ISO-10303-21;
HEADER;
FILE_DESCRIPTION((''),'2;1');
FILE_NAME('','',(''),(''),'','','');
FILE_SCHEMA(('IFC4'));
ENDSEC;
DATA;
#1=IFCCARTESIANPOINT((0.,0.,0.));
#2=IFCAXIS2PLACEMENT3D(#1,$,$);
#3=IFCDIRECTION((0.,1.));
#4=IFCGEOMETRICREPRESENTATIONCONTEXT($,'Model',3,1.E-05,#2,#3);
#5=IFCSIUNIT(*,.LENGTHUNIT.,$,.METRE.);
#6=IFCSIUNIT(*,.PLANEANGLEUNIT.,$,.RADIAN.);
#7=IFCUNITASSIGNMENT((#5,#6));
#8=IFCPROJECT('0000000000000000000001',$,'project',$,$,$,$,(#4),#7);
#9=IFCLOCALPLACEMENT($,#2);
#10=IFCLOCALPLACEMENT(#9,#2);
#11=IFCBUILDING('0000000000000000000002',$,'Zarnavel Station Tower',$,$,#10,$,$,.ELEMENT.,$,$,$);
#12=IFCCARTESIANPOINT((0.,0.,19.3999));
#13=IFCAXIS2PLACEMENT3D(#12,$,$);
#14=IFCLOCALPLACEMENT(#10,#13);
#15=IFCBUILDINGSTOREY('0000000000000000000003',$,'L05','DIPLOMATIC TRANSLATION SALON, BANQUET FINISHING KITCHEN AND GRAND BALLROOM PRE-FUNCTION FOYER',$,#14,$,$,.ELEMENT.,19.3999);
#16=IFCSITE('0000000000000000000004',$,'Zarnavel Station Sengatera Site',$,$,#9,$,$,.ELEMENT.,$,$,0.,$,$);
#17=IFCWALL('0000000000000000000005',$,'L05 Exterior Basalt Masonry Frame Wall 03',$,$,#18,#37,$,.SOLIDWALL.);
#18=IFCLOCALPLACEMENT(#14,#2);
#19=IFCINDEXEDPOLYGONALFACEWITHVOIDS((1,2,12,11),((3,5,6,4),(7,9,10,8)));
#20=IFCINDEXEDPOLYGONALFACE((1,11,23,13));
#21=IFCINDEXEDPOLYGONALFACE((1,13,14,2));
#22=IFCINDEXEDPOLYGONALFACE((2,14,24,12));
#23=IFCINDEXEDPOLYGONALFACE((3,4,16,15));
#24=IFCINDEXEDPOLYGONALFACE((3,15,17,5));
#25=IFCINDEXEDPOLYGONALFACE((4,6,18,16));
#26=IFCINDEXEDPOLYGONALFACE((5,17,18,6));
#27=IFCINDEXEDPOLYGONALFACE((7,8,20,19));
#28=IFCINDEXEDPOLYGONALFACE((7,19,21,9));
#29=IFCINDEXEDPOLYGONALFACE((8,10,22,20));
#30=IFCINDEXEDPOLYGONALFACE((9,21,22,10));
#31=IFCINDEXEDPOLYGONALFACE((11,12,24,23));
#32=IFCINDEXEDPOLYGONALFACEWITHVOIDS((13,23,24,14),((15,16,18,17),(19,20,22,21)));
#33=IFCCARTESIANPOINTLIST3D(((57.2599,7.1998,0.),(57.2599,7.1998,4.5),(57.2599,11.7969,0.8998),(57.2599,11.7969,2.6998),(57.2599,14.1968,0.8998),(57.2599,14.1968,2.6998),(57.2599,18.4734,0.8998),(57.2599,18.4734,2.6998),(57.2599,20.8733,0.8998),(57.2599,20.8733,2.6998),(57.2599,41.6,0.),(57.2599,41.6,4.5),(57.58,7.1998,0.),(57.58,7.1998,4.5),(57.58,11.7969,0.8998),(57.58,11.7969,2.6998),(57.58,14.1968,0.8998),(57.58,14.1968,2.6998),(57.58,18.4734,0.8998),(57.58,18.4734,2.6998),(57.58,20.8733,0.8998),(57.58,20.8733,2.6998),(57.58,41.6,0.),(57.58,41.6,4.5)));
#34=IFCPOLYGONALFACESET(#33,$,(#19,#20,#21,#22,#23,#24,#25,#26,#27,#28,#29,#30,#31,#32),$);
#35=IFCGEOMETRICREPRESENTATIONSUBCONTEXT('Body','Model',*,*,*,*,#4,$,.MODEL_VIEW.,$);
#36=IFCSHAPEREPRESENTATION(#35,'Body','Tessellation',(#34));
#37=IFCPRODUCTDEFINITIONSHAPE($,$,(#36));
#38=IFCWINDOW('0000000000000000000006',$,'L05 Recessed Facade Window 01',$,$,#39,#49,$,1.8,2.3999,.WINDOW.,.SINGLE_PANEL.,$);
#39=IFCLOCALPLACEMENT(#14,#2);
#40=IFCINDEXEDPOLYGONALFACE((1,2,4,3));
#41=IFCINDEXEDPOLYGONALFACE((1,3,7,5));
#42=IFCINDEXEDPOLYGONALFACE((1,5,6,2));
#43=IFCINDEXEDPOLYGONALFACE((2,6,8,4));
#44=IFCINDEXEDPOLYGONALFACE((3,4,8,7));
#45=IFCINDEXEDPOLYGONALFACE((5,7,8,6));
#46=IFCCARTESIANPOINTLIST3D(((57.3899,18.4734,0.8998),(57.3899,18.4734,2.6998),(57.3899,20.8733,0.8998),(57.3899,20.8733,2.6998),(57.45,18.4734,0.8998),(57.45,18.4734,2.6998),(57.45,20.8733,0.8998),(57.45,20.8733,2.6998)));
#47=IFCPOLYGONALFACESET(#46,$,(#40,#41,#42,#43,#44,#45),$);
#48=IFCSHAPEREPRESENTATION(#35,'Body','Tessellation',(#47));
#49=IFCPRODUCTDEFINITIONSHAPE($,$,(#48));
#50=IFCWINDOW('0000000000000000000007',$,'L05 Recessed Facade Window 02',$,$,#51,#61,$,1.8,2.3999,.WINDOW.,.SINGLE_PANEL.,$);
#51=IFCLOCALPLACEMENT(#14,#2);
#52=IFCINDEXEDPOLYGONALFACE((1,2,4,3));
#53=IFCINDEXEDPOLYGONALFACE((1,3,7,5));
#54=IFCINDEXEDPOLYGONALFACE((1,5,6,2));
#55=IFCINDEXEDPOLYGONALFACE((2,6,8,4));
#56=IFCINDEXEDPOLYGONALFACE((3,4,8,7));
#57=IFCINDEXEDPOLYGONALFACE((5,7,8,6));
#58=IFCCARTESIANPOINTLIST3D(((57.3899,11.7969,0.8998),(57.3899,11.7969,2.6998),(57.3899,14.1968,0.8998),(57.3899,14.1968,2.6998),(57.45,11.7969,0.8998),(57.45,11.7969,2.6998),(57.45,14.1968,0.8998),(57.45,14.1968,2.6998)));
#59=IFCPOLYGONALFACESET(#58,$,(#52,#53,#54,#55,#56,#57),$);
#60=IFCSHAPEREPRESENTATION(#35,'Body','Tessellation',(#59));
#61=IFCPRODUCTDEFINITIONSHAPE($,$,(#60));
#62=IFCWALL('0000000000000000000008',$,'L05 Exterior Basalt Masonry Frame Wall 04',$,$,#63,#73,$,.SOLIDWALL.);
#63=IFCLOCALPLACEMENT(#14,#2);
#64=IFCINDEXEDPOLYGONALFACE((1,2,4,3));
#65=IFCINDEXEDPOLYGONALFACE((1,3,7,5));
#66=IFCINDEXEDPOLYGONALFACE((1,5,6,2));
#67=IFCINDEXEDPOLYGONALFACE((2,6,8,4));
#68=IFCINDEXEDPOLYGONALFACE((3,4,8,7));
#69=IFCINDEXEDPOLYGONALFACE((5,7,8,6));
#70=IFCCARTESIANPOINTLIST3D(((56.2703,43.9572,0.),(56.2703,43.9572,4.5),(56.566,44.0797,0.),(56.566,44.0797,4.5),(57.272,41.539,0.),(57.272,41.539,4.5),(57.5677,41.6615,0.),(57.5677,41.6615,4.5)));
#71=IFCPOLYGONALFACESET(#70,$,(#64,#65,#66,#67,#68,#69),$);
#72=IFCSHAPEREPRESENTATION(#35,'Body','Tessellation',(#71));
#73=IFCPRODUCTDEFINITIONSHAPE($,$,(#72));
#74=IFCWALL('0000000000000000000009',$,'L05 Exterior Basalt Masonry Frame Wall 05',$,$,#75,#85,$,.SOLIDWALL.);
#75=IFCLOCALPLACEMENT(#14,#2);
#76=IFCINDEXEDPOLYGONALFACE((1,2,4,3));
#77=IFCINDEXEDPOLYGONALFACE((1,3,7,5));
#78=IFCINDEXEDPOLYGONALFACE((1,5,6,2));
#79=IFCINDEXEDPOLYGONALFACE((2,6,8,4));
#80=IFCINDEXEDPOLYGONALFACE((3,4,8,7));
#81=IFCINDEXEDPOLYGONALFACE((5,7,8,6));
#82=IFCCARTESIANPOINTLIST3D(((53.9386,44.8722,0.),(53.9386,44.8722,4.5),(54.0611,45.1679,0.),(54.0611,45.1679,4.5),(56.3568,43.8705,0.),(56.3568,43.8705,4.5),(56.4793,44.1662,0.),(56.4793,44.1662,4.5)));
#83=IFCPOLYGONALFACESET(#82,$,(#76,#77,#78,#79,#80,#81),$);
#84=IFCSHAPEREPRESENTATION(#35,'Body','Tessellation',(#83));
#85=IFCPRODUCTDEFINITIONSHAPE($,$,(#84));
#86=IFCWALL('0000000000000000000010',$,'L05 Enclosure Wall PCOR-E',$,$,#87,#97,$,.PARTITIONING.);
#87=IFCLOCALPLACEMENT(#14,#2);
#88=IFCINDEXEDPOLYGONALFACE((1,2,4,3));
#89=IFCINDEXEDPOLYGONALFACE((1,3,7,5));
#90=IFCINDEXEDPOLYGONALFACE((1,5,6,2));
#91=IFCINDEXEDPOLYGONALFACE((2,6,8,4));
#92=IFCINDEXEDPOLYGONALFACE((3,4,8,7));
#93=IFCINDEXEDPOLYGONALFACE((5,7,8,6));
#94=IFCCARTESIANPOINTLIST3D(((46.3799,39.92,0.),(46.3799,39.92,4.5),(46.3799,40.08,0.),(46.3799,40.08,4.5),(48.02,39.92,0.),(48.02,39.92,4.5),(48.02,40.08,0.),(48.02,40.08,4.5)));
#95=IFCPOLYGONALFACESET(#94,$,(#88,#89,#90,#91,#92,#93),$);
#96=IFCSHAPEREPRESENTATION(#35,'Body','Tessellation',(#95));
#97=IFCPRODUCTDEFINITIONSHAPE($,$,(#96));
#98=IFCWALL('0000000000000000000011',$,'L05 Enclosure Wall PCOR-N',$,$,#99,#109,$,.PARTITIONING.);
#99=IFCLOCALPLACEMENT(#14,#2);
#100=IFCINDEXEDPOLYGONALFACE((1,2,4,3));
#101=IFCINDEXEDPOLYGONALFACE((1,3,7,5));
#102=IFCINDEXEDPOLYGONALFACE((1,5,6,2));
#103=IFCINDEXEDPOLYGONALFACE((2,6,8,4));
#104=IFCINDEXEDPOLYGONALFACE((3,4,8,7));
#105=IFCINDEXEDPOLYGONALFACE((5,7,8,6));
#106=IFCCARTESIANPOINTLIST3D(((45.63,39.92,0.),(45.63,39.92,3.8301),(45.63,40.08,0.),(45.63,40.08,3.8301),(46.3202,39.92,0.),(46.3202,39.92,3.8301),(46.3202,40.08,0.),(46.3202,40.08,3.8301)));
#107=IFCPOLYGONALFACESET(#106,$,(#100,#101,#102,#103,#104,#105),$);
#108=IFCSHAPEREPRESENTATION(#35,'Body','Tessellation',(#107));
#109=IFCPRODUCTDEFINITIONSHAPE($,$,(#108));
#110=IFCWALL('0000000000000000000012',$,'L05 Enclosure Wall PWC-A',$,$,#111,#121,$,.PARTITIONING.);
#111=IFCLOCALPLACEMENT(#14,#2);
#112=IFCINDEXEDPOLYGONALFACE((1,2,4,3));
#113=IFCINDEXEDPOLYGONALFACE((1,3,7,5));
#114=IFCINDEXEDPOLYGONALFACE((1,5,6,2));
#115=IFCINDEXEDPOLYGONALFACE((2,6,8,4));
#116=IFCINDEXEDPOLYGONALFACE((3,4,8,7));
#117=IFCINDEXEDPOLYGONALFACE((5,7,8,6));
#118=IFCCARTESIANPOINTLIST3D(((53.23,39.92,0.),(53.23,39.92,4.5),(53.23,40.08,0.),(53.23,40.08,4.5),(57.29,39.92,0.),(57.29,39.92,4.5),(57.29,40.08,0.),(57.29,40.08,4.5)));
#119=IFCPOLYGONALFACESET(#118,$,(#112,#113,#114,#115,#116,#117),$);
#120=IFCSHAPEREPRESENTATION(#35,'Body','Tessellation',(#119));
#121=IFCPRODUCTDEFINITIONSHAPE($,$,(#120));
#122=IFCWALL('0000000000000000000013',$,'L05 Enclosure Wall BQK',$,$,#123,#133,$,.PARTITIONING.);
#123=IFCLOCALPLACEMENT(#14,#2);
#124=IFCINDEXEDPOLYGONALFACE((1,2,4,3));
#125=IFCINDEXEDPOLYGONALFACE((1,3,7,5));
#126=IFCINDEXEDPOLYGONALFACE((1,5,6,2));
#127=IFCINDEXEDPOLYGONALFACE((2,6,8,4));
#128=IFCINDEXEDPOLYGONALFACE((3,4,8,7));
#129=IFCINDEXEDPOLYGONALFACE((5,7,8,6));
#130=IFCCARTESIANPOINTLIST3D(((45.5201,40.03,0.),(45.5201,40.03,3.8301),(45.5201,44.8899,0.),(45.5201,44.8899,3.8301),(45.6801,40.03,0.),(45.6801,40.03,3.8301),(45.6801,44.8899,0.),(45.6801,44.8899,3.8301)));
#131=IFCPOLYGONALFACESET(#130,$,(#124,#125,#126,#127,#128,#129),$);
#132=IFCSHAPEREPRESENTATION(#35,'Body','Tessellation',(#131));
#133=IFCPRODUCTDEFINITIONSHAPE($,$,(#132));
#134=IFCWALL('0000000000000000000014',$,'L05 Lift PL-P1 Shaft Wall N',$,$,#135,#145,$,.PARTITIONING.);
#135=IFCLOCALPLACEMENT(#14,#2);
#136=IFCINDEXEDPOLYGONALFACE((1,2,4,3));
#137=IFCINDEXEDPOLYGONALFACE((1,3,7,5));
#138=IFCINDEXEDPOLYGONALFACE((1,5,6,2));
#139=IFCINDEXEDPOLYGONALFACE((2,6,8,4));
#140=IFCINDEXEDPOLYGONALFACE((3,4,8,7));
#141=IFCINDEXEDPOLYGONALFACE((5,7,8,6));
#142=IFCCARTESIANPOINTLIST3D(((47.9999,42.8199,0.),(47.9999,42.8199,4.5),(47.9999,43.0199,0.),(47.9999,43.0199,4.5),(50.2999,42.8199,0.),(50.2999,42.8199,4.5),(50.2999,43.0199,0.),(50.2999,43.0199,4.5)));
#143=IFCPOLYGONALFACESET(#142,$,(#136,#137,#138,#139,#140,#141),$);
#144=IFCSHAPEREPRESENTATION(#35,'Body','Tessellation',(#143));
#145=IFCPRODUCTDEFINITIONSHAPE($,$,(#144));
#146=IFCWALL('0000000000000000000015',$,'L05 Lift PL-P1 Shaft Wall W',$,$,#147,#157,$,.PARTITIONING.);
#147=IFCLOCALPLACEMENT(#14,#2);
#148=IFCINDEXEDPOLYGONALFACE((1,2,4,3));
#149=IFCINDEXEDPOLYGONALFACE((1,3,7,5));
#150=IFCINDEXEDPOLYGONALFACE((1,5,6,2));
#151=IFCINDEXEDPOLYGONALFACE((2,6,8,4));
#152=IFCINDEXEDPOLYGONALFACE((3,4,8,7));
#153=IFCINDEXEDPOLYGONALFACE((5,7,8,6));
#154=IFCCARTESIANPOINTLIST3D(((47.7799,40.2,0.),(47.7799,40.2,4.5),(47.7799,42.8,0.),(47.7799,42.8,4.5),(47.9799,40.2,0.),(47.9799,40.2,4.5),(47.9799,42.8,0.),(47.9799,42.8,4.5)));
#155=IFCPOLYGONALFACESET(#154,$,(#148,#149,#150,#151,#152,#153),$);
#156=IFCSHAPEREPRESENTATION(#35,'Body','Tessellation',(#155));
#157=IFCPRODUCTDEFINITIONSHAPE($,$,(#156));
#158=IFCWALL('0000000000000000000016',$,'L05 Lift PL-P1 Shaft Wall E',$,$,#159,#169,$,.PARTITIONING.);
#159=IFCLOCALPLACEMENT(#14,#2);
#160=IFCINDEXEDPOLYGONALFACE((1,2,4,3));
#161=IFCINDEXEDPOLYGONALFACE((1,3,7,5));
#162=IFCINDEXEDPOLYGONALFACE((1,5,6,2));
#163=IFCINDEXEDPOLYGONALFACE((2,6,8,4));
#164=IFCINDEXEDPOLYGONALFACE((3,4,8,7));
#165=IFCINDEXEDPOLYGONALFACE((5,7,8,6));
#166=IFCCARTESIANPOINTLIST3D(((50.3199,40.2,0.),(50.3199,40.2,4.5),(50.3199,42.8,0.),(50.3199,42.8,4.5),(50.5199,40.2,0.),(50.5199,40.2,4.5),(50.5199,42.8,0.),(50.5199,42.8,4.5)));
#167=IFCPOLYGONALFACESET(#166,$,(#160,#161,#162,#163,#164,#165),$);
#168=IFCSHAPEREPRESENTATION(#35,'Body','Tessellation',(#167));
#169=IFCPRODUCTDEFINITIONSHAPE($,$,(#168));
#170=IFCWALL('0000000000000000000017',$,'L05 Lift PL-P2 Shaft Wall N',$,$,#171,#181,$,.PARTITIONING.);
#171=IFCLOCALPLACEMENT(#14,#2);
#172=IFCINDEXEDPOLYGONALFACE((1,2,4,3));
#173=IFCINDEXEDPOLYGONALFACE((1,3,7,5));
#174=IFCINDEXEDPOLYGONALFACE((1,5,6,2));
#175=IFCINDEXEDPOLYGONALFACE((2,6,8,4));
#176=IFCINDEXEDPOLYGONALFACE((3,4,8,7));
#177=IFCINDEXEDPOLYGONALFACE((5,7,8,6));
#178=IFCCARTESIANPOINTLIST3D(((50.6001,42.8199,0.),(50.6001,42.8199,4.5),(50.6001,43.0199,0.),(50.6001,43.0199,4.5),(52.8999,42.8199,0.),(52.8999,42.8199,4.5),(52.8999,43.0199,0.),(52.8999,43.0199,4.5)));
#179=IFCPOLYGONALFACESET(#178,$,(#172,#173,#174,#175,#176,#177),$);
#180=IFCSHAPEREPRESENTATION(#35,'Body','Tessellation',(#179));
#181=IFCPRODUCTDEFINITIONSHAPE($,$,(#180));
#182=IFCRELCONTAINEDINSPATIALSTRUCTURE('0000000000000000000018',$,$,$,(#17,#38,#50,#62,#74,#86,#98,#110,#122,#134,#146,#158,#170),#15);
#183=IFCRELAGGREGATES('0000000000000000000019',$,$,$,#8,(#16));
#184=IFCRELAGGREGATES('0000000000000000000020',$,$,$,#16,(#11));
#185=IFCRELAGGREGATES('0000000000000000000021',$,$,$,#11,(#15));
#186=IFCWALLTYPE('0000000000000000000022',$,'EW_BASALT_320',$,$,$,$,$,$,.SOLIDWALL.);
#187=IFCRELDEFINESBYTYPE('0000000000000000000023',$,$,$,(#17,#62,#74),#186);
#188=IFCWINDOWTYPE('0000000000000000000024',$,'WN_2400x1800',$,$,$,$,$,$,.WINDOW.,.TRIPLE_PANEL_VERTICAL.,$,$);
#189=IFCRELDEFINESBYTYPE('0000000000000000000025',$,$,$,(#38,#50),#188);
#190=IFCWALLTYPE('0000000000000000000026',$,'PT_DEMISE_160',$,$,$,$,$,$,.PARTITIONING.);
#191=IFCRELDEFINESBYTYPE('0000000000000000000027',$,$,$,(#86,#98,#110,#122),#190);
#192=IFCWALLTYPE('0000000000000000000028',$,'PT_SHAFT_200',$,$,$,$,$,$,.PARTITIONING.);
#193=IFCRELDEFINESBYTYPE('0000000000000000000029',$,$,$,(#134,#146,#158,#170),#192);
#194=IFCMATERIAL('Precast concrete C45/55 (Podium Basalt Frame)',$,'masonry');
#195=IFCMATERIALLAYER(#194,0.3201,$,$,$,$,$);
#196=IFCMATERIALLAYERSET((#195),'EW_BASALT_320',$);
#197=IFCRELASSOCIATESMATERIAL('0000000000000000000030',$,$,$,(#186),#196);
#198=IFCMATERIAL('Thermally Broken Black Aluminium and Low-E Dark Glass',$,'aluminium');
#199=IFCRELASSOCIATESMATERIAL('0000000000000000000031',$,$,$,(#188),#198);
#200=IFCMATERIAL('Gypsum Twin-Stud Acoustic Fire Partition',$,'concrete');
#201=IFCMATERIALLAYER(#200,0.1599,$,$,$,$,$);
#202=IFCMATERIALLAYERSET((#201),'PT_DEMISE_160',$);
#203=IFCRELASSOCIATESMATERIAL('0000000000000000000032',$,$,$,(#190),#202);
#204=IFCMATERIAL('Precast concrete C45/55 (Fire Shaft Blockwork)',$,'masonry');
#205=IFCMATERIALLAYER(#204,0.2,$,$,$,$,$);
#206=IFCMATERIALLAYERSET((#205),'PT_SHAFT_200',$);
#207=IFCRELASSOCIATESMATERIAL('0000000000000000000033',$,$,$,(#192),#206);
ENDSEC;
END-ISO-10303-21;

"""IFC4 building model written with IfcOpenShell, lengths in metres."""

from ifc_helpers import new_model, si_unit, direction, frame, frame_2d, origin, place, context, subcontext, project, spatial, rectangle, extrude, material, layer, layer_set, type_object, element, fill, save


model = new_model("IFC4")

# Units and contexts
model_context = context("Model", 3, precision=1e-05, world=origin(), true_north=direction((0.0, 1.0)))
body_context = subcontext(model_context, "Body", "Model", "MODEL_VIEW")
ifc_project = project(units=[si_unit("LENGTHUNIT", "METRE"), si_unit("PLANEANGLEUNIT", "RADIAN")], contexts=[model_context])

# Site, building, storey
site_placement = place(None, origin())
site = spatial("IfcSite", under=ifc_project, at=site_placement, Name="Zarnavel Station Sengatera Site", CompositionType="ELEMENT", RefElevation=0.0)
building_placement = place(site_placement, origin())
building = spatial("IfcBuilding", under=site, at=building_placement, Name="Zarnavel Station Tower", CompositionType="ELEMENT")
storey_placement = place(building_placement, frame((0.0, 0.0, 19.3999)))
storey = spatial("IfcBuildingStorey", under=building, at=storey_placement, Name="L05", Description="DIPLOMATIC TRANSLATION SALON, BANQUET FINISHING KITCHEN AND GRAND BALLROOM PRE-FUNCTION FOYER", CompositionType="ELEMENT", Elevation=19.3999)

# Wall, openings, windows
ifc_material_1 = material(Name="Precast concrete C45/55 (Podium Basalt Frame)", Category="masonry")
ifc_layer_1 = layer(ifc_material_1, 0.3201)
ifc_layer_set_1 = layer_set([ifc_layer_1], Name="EW_BASALT_320")
wall_type_1 = type_object("IfcWallType", Name="EW_BASALT_320", PredefinedType="SOLIDWALL", material=ifc_layer_set_1)
wall_1_placement = place(storey_placement, frame((57.4199, 41.6001, 0.0), z_axis=(0.0, 0.0, 1.0), x_axis=(0.0, -1.0, 0.0)))
wall_1 = element("IfcWall", 1, at=wall_1_placement, inside=storey, type_object=wall_type_1, Name="L05 Exterior Basalt Masonry Frame Wall 03", PredefinedType="SOLIDWALL", context=body_context, shape_type="SweptSolid", body=[
    extrude(rectangle(XDim=34.4001, YDim=0.3201, at=frame_2d((17.2002, 0.0))), origin(), (0.0, 0.0, 1.0), 4.5),
])
opening_1_placement = place(wall_1_placement, frame((20.7268, 0.0, 0.8999)))
opening_1 = element("IfcOpeningElement", 2, at=opening_1_placement, cuts=wall_1, PredefinedType="OPENING", context=body_context, shape_type="SweptSolid", body=[
    extrude(rectangle(XDim=2.3999, YDim=1.8, at=frame_2d((1.2, 0.8999))), frame((0.0, 0.1699, 0.0), z_axis=(0.0, -1.0, 0.0), x_axis=(1.0, 0.0, 0.0)), (0.0, 0.0, 1.0), 0.3401),
])
opening_2_placement = place(wall_1_placement, frame((27.4033, 0.0, 0.8999)))
opening_2 = element("IfcOpeningElement", 3, at=opening_2_placement, cuts=wall_1, PredefinedType="OPENING", context=body_context, shape_type="SweptSolid", body=[
    extrude(rectangle(XDim=2.3999, YDim=1.8, at=frame_2d((1.2, 0.8999))), frame((0.0, 0.1699, 0.0), z_axis=(0.0, -1.0, 0.0), x_axis=(1.0, 0.0, 0.0)), (0.0, 0.0, 1.0), 0.3401),
])
ifc_material_2 = material(Name="Thermally Broken Black Aluminium and Low-E Dark Glass", Category="aluminium")
window_type = type_object("IfcWindowType", Name="WN_2400x1800", PartitioningType="TRIPLE_PANEL_VERTICAL", PredefinedType="WINDOW", material=ifc_material_2)
window_1_placement = place(opening_1_placement, origin())
window_1 = element("IfcWindow", 4, at=window_1_placement, inside=storey, type_object=window_type, Name="L05 Recessed Facade Window 01", OverallHeight=1.8, OverallWidth=2.3999, PartitioningType="SINGLE_PANEL", PredefinedType="WINDOW", context=body_context, shape_type="SweptSolid", body=[
    extrude(rectangle(XDim=2.3999, YDim=1.8, at=frame_2d((1.2, 0.8999))), frame((0.0, 0.03, 0.0), z_axis=(0.0, -1.0, 0.0), x_axis=(1.0, 0.0, 0.0)), (0.0, 0.0, 1.0), 0.0601),
])
fill(opening_1, window_1)
window_2_placement = place(opening_2_placement, origin())
window_2 = element("IfcWindow", 5, at=window_2_placement, inside=storey, type_object=window_type, Name="L05 Recessed Facade Window 02", OverallHeight=1.8, OverallWidth=2.3999, PartitioningType="SINGLE_PANEL", PredefinedType="WINDOW", context=body_context, shape_type="SweptSolid", body=[
    extrude(rectangle(XDim=2.3999, YDim=1.8, at=frame_2d((1.2, 0.8999))), frame((0.0, 0.03, 0.0), z_axis=(0.0, -1.0, 0.0), x_axis=(1.0, 0.0, 0.0)), (0.0, 0.0, 1.0), 0.0601),
])
fill(opening_2, window_2)

# Walls
for number, where, z_axis, x_axis, name in (
    (6, (56.4182, 44.0183, 0.0), (0.0, 0.0, 1.0), (0.382701, -0.923872, 0.0), "L05 Exterior Basalt Masonry Frame Wall 04"),
    (7, (54.0, 45.02, 0.0), (0.0, 0.0, 1.0), (0.923872, -0.382701, 0.0), "L05 Exterior Basalt Masonry Frame Wall 05"),
):
    element("IfcWall", number, at=place(storey_placement, frame(where, z_axis=z_axis, x_axis=x_axis)), inside=storey, type_object=wall_type_1, Name=name, PredefinedType="SOLIDWALL", context=body_context, shape_type="SweptSolid", body=[
        extrude(rectangle(XDim=2.6174, YDim=0.3201, at=frame_2d((1.3086, 0.0))), origin(), (0.0, 0.0, 1.0), 4.5),
    ])
ifc_material_3 = material(Name="Gypsum Twin-Stud Acoustic Fire Partition", Category="concrete")
ifc_layer_2 = layer(ifc_material_3, 0.1599)
ifc_layer_set_2 = layer_set([ifc_layer_2], Name="PT_DEMISE_160")
wall_type_2 = type_object("IfcWallType", Name="PT_DEMISE_160", PredefinedType="PARTITIONING", material=ifc_layer_set_2)
wall_2_placement = place(storey_placement, frame((46.3799, 40.0, 0.0), z_axis=(0.0, 0.0, 1.0), x_axis=(1.0, 0.0, 0.0)))
element("IfcWall", 8, at=wall_2_placement, inside=storey, type_object=wall_type_2, Name="L05 Enclosure Wall PCOR-E", PredefinedType="PARTITIONING", context=body_context, shape_type="SweptSolid", body=[
    extrude(rectangle(XDim=1.6401, YDim=0.1599, at=frame_2d((0.8201, 0.0))), origin(), (0.0, 0.0, 1.0), 4.5),
])
wall_3_placement = place(storey_placement, frame((45.6299, 40.0, 0.0), z_axis=(0.0, 0.0, 1.0), x_axis=(1.0, 0.0, 0.0)))
element("IfcWall", 9, at=wall_3_placement, inside=storey, type_object=wall_type_2, Name="L05 Enclosure Wall PCOR-N", PredefinedType="PARTITIONING", context=body_context, shape_type="SweptSolid", body=[
    extrude(rectangle(XDim=0.6902, YDim=0.1599, at=frame_2d((0.3452, 0.0))), origin(), (0.0, 0.0, 1.0), 3.8301),
])
wall_4_placement = place(storey_placement, frame((53.23, 40.0, 0.0), z_axis=(0.0, 0.0, 1.0), x_axis=(1.0, 0.0, 0.0)))
element("IfcWall", 10, at=wall_4_placement, inside=storey, type_object=wall_type_2, Name="L05 Enclosure Wall PWC-A", PredefinedType="PARTITIONING", context=body_context, shape_type="SweptSolid", body=[
    extrude(rectangle(XDim=4.0601, YDim=0.1599, at=frame_2d((2.03, 0.0))), origin(), (0.0, 0.0, 1.0), 4.5),
])
wall_5_placement = place(storey_placement, frame((45.6001, 40.03, 0.0), z_axis=(0.0, 0.0, 1.0), x_axis=(0.0, 1.0, 0.0)))
element("IfcWall", 11, at=wall_5_placement, inside=storey, type_object=wall_type_2, Name="L05 Enclosure Wall BQK", PredefinedType="PARTITIONING", context=body_context, shape_type="SweptSolid", body=[
    extrude(rectangle(XDim=4.8599, YDim=0.1599, at=frame_2d((2.4299, 0.0))), origin(), (0.0, 0.0, 1.0), 3.8301),
])

# Shared definitions
ifc_material_4 = material(Name="Precast concrete C45/55 (Fire Shaft Blockwork)", Category="masonry")
ifc_layer_3 = layer(ifc_material_4, 0.2)
ifc_layer_set_3 = layer_set([ifc_layer_3], Name="PT_SHAFT_200")
wall_type_3 = type_object("IfcWallType", Name="PT_SHAFT_200", PredefinedType="PARTITIONING", material=ifc_layer_set_3)

# Walls
wall_6_placement = place(storey_placement, frame((48.0, 42.9199, 0.0), z_axis=(0.0, 0.0, 1.0), x_axis=(1.0, 0.0, 0.0)))
element("IfcWall", 12, at=wall_6_placement, inside=storey, type_object=wall_type_3, Name="L05 Lift PL-P1 Shaft Wall N", PredefinedType="PARTITIONING", context=body_context, shape_type="SweptSolid", body=[
    extrude(rectangle(XDim=2.3, YDim=0.2, at=frame_2d((1.1499, 0.0))), origin(), (0.0, 0.0, 1.0), 4.5),
])
for number, where, z_axis, x_axis, name in (
    (13, (47.8799, 40.2, 0.0), (0.0, 0.0, 1.0), (0.0, 1.0, 0.0), "L05 Lift PL-P1 Shaft Wall W"),
    (14, (50.4199, 40.2, 0.0), (0.0, 0.0, 1.0), (0.0, 1.0, 0.0), "L05 Lift PL-P1 Shaft Wall E"),
):
    element("IfcWall", number, at=place(storey_placement, frame(where, z_axis=z_axis, x_axis=x_axis)), inside=storey, type_object=wall_type_3, Name=name, PredefinedType="PARTITIONING", context=body_context, shape_type="SweptSolid", body=[
        extrude(rectangle(XDim=2.6001, YDim=0.2, at=frame_2d((1.3, 0.0))), origin(), (0.0, 0.0, 1.0), 4.5),
    ])

# Wall
wall_7_placement = place(storey_placement, frame((50.6001, 42.9199, 0.0), z_axis=(0.0, 0.0, 1.0), x_axis=(1.0, 0.0, 0.0)))
element("IfcWall", 15, at=wall_7_placement, inside=storey, type_object=wall_type_3, Name="L05 Lift PL-P2 Shaft Wall N", PredefinedType="PARTITIONING", context=body_context, shape_type="SweptSolid", body=[
    extrude(rectangle(XDim=2.2998, YDim=0.2, at=frame_2d((1.1499, 0.0))), origin(), (0.0, 0.0, 1.0), 4.5),
])

save(model, "model.ifc")
